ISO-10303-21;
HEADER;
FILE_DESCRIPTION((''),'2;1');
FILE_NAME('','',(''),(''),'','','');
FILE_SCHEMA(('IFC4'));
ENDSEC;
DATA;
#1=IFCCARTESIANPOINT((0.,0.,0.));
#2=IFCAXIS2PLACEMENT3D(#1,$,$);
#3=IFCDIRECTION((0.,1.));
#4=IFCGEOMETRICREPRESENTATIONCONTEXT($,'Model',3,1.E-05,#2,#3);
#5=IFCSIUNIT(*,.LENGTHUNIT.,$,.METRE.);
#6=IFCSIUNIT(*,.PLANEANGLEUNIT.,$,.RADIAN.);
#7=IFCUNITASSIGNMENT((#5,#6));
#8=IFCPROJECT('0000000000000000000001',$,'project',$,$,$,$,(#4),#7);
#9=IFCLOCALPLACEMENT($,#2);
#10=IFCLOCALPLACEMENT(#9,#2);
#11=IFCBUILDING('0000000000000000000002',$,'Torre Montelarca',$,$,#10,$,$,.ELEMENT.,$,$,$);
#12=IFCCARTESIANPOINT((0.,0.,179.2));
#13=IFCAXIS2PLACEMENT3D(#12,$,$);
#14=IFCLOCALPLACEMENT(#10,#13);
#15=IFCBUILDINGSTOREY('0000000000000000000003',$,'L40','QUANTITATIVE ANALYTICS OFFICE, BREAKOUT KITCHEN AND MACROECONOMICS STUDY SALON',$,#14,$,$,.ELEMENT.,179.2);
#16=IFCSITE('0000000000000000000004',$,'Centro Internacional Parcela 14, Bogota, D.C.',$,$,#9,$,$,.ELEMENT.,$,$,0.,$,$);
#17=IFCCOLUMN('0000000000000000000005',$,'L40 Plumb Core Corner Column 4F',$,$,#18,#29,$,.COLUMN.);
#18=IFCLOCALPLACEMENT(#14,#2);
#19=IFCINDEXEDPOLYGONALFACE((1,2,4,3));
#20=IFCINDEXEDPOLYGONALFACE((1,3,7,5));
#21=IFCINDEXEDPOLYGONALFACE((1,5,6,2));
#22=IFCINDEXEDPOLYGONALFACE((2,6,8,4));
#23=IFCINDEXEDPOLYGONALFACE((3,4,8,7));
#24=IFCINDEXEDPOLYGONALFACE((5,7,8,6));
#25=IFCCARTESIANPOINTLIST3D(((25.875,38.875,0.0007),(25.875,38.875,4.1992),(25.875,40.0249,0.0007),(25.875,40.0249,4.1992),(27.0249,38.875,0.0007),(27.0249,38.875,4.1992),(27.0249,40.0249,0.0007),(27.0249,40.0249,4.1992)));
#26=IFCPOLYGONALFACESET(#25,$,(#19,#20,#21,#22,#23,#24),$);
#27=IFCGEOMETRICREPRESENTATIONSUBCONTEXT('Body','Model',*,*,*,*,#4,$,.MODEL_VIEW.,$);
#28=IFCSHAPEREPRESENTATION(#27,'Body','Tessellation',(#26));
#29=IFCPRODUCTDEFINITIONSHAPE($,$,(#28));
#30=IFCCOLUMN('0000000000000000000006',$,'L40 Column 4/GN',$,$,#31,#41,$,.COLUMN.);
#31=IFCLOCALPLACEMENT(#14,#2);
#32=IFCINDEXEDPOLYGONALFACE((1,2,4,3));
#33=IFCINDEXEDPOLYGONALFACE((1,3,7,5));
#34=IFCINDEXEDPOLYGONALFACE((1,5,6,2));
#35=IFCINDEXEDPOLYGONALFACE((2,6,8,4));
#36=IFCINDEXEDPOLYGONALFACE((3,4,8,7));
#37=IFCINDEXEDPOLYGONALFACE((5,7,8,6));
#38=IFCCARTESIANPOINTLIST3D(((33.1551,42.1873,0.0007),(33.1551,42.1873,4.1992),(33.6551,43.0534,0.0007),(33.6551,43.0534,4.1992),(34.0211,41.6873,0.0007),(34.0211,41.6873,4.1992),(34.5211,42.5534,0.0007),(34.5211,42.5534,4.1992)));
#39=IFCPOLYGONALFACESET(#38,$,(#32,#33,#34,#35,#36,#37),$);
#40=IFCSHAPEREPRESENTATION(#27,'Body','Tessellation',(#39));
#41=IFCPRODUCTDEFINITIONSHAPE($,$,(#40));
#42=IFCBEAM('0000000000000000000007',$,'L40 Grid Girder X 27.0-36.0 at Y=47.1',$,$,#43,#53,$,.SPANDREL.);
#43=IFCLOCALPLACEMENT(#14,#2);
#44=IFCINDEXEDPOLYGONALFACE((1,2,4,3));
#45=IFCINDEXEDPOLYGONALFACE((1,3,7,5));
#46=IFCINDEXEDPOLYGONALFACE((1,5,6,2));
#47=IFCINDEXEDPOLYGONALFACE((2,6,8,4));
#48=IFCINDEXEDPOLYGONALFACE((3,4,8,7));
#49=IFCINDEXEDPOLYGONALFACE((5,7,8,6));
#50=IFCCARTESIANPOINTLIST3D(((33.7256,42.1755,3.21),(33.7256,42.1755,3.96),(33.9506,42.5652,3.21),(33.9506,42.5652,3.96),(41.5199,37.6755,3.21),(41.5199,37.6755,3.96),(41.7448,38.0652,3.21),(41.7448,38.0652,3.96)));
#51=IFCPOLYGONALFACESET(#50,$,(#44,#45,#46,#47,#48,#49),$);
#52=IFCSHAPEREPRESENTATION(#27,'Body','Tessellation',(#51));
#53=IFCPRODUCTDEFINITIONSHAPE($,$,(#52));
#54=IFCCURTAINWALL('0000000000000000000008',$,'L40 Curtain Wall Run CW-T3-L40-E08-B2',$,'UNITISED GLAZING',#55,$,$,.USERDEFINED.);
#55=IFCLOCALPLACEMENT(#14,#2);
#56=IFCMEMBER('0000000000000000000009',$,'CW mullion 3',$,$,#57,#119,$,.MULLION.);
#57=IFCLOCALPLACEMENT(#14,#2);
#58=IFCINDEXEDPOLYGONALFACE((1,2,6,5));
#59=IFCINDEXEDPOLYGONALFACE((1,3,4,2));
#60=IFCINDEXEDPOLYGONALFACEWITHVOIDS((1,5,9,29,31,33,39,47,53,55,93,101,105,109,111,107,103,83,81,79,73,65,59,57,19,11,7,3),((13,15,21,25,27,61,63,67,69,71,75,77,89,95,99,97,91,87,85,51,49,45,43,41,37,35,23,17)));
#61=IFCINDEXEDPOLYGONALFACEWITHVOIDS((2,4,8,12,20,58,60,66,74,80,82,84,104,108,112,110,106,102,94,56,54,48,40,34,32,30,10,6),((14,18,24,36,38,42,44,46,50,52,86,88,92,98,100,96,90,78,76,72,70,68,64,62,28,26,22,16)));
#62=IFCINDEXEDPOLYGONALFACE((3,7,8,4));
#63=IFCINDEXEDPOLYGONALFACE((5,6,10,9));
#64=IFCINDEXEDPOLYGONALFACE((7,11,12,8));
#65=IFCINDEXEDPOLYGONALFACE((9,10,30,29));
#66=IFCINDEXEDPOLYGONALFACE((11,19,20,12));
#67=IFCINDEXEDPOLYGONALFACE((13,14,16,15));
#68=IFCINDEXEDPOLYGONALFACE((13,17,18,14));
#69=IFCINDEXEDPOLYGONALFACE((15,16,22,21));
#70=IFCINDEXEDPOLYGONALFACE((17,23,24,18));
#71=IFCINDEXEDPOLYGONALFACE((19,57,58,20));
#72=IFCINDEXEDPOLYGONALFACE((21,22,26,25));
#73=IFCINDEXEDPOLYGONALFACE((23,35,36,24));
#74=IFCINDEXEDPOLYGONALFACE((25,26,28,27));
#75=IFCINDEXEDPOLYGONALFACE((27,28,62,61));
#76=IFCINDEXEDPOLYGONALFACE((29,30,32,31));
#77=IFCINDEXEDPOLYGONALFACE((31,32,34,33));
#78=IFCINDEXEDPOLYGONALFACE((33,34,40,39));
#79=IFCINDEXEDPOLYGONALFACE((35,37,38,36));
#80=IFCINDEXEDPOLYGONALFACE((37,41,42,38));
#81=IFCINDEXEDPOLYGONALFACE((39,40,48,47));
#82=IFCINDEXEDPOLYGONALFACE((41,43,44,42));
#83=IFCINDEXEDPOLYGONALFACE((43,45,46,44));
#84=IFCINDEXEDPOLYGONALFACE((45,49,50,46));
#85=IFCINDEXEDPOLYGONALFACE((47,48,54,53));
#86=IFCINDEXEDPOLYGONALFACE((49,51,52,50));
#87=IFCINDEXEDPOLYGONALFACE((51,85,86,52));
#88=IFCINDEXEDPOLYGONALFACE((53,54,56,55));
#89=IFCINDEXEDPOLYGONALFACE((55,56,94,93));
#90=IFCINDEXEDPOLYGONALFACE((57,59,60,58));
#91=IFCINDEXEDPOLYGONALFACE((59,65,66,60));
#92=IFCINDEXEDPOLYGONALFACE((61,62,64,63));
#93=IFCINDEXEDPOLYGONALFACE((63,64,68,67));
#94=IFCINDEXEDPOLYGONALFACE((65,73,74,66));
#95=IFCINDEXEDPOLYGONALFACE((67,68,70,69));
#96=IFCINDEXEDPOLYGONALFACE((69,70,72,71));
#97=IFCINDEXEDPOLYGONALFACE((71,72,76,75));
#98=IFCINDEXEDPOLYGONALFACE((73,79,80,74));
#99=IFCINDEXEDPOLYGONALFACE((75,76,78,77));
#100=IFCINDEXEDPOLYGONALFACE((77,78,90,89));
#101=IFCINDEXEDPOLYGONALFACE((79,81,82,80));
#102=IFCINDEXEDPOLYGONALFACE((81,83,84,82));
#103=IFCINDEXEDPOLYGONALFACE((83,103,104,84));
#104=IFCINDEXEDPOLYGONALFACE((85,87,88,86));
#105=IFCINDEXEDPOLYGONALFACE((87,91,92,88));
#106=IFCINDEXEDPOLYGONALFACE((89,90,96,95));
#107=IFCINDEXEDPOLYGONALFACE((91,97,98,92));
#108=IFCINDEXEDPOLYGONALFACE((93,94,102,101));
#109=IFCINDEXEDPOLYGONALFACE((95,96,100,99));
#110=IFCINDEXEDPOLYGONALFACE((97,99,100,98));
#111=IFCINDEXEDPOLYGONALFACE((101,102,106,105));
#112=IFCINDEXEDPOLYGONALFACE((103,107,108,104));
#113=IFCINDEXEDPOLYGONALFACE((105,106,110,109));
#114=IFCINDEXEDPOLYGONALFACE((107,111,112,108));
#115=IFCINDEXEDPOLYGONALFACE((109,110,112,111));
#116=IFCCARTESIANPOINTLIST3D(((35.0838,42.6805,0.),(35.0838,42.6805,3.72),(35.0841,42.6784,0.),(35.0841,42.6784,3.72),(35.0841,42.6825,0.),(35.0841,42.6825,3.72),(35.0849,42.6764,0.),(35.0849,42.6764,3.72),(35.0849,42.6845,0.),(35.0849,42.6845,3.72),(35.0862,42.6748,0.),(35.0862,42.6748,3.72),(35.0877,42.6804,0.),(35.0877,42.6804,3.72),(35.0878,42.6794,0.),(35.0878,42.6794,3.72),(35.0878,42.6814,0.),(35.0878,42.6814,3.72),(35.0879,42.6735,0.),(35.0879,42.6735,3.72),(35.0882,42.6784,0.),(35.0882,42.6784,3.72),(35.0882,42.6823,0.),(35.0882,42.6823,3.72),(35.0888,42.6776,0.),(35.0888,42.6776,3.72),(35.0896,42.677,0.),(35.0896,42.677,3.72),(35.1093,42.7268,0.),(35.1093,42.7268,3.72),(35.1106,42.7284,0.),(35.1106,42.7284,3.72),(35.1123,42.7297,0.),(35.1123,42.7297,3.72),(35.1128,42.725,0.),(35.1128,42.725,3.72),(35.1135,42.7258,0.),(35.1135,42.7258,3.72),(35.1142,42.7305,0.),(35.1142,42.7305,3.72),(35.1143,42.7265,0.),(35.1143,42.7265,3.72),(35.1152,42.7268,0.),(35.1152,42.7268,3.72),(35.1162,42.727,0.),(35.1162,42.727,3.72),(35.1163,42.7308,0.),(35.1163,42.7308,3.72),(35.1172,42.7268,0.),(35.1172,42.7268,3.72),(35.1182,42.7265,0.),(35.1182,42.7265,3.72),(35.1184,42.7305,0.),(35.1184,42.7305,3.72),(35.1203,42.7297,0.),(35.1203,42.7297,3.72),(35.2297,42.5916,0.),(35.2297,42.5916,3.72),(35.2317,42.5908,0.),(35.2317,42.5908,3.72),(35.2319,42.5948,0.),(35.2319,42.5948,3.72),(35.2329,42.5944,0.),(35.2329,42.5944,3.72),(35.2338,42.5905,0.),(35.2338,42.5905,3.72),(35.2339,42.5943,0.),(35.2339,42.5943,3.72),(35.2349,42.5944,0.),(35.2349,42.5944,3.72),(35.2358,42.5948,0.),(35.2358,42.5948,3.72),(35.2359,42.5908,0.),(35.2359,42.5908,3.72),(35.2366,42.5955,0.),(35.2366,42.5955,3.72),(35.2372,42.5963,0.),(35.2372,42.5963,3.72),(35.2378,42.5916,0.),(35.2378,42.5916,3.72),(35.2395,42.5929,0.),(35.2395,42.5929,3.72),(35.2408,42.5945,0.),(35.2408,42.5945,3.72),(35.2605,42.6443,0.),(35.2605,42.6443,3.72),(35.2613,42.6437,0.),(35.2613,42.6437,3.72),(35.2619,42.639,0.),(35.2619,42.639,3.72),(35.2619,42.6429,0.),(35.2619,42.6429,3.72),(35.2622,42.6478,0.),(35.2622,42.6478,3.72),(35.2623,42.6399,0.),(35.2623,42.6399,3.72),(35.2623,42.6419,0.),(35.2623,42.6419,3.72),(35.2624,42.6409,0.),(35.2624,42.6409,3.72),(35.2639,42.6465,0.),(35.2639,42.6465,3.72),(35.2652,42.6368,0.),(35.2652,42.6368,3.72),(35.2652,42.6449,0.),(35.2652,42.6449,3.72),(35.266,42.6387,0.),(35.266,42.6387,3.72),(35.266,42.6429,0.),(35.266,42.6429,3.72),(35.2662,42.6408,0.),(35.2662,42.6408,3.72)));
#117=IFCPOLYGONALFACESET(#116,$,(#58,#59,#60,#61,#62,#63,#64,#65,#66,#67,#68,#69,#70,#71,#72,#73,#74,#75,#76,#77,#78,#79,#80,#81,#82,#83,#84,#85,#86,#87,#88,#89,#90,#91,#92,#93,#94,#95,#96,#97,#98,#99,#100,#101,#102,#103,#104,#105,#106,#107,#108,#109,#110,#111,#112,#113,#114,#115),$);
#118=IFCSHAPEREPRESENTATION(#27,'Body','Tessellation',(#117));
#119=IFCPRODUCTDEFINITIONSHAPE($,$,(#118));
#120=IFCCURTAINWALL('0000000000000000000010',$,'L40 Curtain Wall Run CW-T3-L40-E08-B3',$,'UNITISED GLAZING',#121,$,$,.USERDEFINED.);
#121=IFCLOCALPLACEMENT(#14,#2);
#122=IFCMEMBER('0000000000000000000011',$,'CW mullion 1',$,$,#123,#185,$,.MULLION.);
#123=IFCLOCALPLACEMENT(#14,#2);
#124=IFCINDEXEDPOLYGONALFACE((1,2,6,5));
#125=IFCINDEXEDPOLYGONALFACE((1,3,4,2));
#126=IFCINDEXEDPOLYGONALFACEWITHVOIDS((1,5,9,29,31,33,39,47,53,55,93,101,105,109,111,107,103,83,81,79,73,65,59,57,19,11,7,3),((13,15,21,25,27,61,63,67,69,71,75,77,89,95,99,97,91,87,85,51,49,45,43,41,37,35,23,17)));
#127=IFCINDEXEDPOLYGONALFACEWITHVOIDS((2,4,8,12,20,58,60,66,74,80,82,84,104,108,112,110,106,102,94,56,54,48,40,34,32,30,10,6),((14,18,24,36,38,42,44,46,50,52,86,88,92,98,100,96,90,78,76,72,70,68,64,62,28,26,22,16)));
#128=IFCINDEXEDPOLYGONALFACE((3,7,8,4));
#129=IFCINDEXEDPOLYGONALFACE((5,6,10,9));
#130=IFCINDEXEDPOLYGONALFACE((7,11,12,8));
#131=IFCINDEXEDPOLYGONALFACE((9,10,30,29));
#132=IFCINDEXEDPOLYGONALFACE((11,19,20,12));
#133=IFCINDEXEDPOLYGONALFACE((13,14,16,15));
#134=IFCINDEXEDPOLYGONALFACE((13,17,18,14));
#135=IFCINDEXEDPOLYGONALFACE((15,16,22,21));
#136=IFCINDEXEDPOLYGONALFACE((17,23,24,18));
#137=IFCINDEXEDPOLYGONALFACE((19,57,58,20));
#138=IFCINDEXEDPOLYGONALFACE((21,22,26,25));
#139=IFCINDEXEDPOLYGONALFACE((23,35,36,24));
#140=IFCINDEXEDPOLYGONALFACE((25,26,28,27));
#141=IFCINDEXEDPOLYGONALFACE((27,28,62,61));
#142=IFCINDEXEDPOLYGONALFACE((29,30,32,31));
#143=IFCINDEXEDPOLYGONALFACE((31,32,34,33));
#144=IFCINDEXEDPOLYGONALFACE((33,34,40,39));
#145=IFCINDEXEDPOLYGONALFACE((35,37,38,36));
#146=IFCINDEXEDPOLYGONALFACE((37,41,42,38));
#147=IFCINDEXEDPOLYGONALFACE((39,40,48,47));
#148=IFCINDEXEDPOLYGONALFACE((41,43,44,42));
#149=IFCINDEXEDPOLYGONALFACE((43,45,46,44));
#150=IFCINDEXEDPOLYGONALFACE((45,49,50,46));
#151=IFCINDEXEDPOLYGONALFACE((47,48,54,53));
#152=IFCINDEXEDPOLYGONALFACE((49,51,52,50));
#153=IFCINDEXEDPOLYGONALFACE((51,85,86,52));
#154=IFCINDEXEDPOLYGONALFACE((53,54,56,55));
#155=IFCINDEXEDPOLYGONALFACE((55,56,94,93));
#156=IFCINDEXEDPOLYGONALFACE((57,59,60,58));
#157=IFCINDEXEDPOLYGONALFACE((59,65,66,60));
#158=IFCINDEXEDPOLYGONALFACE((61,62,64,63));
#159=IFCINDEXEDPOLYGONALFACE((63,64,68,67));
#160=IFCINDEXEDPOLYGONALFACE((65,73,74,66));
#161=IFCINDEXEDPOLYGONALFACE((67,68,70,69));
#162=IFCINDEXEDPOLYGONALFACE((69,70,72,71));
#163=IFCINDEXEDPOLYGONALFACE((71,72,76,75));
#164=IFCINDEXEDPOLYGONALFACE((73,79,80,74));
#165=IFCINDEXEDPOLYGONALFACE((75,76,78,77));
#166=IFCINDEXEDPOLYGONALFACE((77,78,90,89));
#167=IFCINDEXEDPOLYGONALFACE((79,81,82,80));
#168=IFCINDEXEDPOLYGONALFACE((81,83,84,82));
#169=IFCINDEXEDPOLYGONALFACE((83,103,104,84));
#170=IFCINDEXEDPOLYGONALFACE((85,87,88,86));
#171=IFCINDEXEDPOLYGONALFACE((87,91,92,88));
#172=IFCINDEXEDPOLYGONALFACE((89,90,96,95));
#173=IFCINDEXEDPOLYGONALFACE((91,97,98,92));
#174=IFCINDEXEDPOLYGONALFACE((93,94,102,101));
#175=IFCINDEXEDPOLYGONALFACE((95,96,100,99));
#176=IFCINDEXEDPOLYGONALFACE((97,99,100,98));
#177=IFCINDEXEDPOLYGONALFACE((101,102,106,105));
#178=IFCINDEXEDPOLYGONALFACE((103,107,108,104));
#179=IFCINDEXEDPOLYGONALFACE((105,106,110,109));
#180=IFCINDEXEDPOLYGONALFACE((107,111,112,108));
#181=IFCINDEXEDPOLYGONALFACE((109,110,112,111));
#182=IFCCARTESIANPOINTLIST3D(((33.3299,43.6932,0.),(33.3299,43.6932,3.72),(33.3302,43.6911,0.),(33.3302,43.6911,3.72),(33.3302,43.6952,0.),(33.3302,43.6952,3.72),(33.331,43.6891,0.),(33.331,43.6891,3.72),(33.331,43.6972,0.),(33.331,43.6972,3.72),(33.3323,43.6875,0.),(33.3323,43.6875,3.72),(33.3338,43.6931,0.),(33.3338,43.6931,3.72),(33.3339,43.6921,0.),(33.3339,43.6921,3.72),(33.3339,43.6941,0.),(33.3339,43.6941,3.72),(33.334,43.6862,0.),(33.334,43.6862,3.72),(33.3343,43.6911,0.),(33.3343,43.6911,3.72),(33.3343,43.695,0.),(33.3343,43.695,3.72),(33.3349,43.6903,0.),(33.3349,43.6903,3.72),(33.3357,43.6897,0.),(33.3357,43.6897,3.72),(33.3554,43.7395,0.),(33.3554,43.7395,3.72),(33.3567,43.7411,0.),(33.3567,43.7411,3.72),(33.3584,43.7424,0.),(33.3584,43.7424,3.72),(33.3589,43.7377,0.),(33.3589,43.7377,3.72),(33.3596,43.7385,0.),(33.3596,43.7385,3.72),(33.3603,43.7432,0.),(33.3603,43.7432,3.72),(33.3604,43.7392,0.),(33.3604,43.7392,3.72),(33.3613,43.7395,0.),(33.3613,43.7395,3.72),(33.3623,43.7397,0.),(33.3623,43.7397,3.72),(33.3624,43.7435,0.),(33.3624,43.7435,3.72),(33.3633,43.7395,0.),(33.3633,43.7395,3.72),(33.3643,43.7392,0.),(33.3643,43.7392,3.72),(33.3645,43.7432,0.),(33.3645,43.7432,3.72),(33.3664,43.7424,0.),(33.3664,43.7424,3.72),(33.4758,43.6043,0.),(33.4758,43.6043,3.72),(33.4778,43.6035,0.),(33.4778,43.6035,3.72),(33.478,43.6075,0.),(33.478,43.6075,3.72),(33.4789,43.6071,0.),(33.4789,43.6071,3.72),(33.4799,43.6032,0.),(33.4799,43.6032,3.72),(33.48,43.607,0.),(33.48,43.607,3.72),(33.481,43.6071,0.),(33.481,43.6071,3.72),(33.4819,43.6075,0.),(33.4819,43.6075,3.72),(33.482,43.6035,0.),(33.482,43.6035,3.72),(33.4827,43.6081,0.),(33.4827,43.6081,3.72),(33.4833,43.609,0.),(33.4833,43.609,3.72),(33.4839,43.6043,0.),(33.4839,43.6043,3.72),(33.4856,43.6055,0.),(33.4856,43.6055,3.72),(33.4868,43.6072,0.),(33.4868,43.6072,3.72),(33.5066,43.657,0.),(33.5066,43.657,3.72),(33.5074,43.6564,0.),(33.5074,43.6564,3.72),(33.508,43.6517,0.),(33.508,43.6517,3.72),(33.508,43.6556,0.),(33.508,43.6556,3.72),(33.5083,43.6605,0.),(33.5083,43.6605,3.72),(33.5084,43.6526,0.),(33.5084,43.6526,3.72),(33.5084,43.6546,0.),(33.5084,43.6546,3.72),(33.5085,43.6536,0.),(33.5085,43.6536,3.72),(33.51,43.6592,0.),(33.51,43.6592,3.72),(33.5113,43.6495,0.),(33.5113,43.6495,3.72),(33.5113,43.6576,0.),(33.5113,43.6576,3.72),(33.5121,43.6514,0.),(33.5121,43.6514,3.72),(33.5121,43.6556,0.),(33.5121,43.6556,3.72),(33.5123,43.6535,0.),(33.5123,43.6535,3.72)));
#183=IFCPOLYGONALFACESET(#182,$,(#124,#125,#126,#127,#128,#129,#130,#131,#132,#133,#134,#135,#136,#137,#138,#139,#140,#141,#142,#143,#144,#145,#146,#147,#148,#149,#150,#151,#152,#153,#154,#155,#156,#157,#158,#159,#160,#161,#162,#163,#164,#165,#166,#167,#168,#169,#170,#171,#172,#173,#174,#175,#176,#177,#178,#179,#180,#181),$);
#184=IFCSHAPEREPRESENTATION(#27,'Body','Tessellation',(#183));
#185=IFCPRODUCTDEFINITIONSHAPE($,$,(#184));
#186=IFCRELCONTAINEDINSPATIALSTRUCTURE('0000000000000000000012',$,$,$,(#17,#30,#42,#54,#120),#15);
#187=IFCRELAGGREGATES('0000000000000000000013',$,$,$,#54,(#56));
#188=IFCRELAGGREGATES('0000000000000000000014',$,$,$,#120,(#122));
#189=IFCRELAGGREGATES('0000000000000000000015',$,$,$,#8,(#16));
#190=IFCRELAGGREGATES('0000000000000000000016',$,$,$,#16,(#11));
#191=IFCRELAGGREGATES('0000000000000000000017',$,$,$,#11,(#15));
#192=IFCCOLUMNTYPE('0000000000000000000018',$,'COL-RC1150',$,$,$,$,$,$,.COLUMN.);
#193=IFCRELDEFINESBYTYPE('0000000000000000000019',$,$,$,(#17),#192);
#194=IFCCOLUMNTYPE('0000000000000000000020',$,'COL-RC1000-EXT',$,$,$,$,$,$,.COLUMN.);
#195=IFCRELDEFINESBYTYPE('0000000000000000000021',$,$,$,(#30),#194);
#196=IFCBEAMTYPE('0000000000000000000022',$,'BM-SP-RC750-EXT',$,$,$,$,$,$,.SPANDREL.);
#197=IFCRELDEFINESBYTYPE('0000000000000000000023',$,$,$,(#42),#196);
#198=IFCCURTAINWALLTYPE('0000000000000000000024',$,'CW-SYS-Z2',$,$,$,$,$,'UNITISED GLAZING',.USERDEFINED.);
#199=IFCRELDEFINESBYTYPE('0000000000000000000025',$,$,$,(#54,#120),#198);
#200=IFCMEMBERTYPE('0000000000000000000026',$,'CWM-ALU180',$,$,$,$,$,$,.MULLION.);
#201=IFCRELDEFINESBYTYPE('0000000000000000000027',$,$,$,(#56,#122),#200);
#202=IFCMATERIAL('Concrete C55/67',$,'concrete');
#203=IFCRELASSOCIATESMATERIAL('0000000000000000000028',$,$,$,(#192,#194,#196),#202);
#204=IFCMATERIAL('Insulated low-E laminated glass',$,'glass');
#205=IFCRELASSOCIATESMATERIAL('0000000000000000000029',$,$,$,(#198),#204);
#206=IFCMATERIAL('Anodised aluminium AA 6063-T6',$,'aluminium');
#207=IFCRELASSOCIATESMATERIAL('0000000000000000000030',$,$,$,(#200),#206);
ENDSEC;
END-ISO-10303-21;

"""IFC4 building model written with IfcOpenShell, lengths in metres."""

from ifc_helpers import new_model, si_unit, direction, frame, origin, origin_2d, place, context, subcontext, project, spatial, rectangle, hollow_rectangle, extrude, source, transform, mapped, material, material_profile, profile_set, type_object, element, aggregate, save


model = new_model("IFC4")

# Units and contexts
model_context = context("Model", 3, precision=1e-05, world=origin(), true_north=direction((0.0, 1.0)))
body_context = subcontext(model_context, "Body", "Model", "MODEL_VIEW")
ifc_project = project(units=[si_unit("LENGTHUNIT", "METRE"), si_unit("PLANEANGLEUNIT", "RADIAN")], contexts=[model_context])

# Site, building, storey
site_placement = place(None, origin())
site = spatial("IfcSite", under=ifc_project, at=site_placement, Name="Centro Internacional Parcela 14, Bogota, D.C.", CompositionType="ELEMENT", RefElevation=0.0)
building_placement = place(site_placement, origin())
building = spatial("IfcBuilding", under=site, at=building_placement, Name="Torre Montelarca", CompositionType="ELEMENT")
storey_placement = place(building_placement, frame((0.0, 0.0, 179.2)))
storey = spatial("IfcBuildingStorey", under=building, at=storey_placement, Name="L40", Description="QUANTITATIVE ANALYTICS OFFICE, BREAKOUT KITCHEN AND MACROECONOMICS STUDY SALON", CompositionType="ELEMENT", Elevation=179.2)

# Columns
ifc_material_1 = material(Name="Concrete C55/67", Category="concrete")
ifc_material_profile_1 = material_profile(ifc_material_1, rectangle(XDim=1.1499, YDim=1.1499, at=origin_2d()), Name="RC1150X1150", Category="concrete")
ifc_profile_set_1 = profile_set([ifc_material_profile_1], Name="Concrete C55/67")
column_type_1 = type_object("IfcColumnType", Name="COL-RC1150", PredefinedType="COLUMN", material=ifc_profile_set_1)
shared_shape_1 = source(origin(), body_context, "Body", "SweptSolid", [
    extrude(rectangle(XDim=1.1499, YDim=1.1499, at=origin_2d()), origin(), (0.0, 0.0, 1.0), 4.1985),
])
column_1_placement = place(storey_placement, frame((26.45, 39.45, 0.0007), z_axis=(0.0, 0.0, 1.0), x_axis=(1.0, 0.0, 0.0)))
element("IfcColumn", 1, at=column_1_placement, inside=storey, type_object=column_type_1, Name="L40 Plumb Core Corner Column 4F", PredefinedType="COLUMN", context=body_context, shape_type="MappedRepresentation", body=[
    mapped(shared_shape_1, transform((0.0, 0.0, 0.0), scale=1.0)),
])
ifc_material_profile_2 = material_profile(ifc_material_1, rectangle(XDim=1.0, YDim=1.0, at=origin_2d()), Name="RC1000X1000", Category="concrete")
ifc_profile_set_2 = profile_set([ifc_material_profile_2], Name="Concrete C55/67")
column_type_2 = type_object("IfcColumnType", Name="COL-RC1000-EXT", PredefinedType="COLUMN", material=ifc_profile_set_2)
shared_shape_2 = source(origin(), body_context, "Body", "SweptSolid", [
    extrude(rectangle(XDim=1.0, YDim=1.0, at=origin_2d()), origin(), (0.0, 0.0, 1.0), 4.1985),
])
column_2_placement = place(storey_placement, frame((33.8381, 42.3704, 0.0007), z_axis=(0.0, 0.0, 1.0), x_axis=(-0.866025, 0.5, 0.0)))
element("IfcColumn", 2, at=column_2_placement, inside=storey, type_object=column_type_2, Name="L40 Column 4/GN", PredefinedType="COLUMN", context=body_context, shape_type="MappedRepresentation", body=[
    mapped(shared_shape_2, transform((0.0, 0.0, 0.0), scale=1.0)),
])

# Beam
ifc_material_profile_3 = material_profile(ifc_material_1, rectangle(XDim=0.45, YDim=0.75, at=origin_2d()), Name="RCB450X750", Category="concrete")
ifc_profile_set_3 = profile_set([ifc_material_profile_3], Name="Concrete C55/67")
beam_type = type_object("IfcBeamType", Name="BM-SP-RC750-EXT", PredefinedType="SPANDREL", material=ifc_profile_set_3)
shared_shape_3 = source(origin(), body_context, "Body", "SweptSolid", [
    extrude(rectangle(XDim=0.45, YDim=0.75, at=origin_2d()), origin(), (0.0, 0.0, 1.0), 9.0),
])
beam_placement = place(storey_placement, frame((33.8381, 42.3704, 3.585), z_axis=(0.866024, -0.500002, 0.0), x_axis=(0.500002, 0.866024, 0.0)))
element("IfcBeam", 3, at=beam_placement, inside=storey, type_object=beam_type, Name="L40 Grid Girder X 27.0-36.0 at Y=47.1", PredefinedType="SPANDREL", context=body_context, shape_type="MappedRepresentation", body=[
    mapped(shared_shape_3, transform((0.0, 0.0, 0.0), scale=1.0)),
])

# Curtain wall, member
ifc_material_2 = material(Name="Insulated low-E laminated glass", Category="glass")
curtain_wall_type = type_object("IfcCurtainWallType", Name="CW-SYS-Z2", ElementType="UNITISED GLAZING", PredefinedType="USERDEFINED", material=ifc_material_2)
curtain_wall_1_placement = place(storey_placement, origin())
curtain_wall_1 = element("IfcCurtainWall", 4, at=curtain_wall_1_placement, inside=storey, type_object=curtain_wall_type, Name="L40 Curtain Wall Run CW-T3-L40-E08-B2", ObjectType="UNITISED GLAZING", PredefinedType="USERDEFINED")
ifc_material_3 = material(Name="Anodised aluminium AA 6063-T6", Category="aluminium")
ifc_material_profile_4 = material_profile(ifc_material_3, hollow_rectangle(XDim=0.0649, YDim=0.1799, WallThickness=0.0039, InnerFilletRadius=0.0039, OuterFilletRadius=0.0081, at=origin_2d()), Name="ALU65X180X4", Category="aluminium")
ifc_profile_set_4 = profile_set([ifc_material_profile_4], Name="Anodised aluminium AA 6063-T6")
member_type_1 = type_object("IfcMemberType", Name="CWM-ALU180", PredefinedType="MULLION", material=ifc_profile_set_4)
shared_shape_4 = source(origin(), body_context, "Body", "SweptSolid", [
    extrude(hollow_rectangle(XDim=0.0649, YDim=0.1799, WallThickness=0.0039, InnerFilletRadius=0.0039, OuterFilletRadius=0.0081, at=origin_2d()), origin(), (0.0, 0.0, 1.0), 3.72),
])
member_1_placement = place(storey_placement, frame((35.175, 42.6606, 0.0), z_axis=(0.0, 0.0, 1.0), x_axis=(-0.499995, -0.866028, 0.0)))
member_1 = element("IfcMember", 5, at=member_1_placement, type_object=member_type_1, Name="CW mullion 3", PredefinedType="MULLION", context=body_context, shape_type="MappedRepresentation", body=[
    mapped(shared_shape_4, transform((0.0, 0.0, 0.0), scale=1.0)),
])
aggregate(curtain_wall_1, [member_1])

# Curtain wall, member
curtain_wall_2_placement = place(storey_placement, origin())
curtain_wall_2 = element("IfcCurtainWall", 6, at=curtain_wall_2_placement, inside=storey, type_object=curtain_wall_type, Name="L40 Curtain Wall Run CW-T3-L40-E08-B3", ObjectType="UNITISED GLAZING", PredefinedType="USERDEFINED")
member_2_placement = place(storey_placement, frame((33.4211, 43.6733, 0.0), z_axis=(0.0, 0.0, 1.0), x_axis=(-0.500001, -0.866025, 0.0)))
member_2 = element("IfcMember", 7, at=member_2_placement, type_object=member_type_1, Name="CW mullion 1", PredefinedType="MULLION", context=body_context, shape_type="MappedRepresentation", body=[
    mapped(shared_shape_4, transform((0.0, 0.0, 0.0), scale=1.0)),
])
aggregate(curtain_wall_2, [member_2])

save(model, "model.ifc")
